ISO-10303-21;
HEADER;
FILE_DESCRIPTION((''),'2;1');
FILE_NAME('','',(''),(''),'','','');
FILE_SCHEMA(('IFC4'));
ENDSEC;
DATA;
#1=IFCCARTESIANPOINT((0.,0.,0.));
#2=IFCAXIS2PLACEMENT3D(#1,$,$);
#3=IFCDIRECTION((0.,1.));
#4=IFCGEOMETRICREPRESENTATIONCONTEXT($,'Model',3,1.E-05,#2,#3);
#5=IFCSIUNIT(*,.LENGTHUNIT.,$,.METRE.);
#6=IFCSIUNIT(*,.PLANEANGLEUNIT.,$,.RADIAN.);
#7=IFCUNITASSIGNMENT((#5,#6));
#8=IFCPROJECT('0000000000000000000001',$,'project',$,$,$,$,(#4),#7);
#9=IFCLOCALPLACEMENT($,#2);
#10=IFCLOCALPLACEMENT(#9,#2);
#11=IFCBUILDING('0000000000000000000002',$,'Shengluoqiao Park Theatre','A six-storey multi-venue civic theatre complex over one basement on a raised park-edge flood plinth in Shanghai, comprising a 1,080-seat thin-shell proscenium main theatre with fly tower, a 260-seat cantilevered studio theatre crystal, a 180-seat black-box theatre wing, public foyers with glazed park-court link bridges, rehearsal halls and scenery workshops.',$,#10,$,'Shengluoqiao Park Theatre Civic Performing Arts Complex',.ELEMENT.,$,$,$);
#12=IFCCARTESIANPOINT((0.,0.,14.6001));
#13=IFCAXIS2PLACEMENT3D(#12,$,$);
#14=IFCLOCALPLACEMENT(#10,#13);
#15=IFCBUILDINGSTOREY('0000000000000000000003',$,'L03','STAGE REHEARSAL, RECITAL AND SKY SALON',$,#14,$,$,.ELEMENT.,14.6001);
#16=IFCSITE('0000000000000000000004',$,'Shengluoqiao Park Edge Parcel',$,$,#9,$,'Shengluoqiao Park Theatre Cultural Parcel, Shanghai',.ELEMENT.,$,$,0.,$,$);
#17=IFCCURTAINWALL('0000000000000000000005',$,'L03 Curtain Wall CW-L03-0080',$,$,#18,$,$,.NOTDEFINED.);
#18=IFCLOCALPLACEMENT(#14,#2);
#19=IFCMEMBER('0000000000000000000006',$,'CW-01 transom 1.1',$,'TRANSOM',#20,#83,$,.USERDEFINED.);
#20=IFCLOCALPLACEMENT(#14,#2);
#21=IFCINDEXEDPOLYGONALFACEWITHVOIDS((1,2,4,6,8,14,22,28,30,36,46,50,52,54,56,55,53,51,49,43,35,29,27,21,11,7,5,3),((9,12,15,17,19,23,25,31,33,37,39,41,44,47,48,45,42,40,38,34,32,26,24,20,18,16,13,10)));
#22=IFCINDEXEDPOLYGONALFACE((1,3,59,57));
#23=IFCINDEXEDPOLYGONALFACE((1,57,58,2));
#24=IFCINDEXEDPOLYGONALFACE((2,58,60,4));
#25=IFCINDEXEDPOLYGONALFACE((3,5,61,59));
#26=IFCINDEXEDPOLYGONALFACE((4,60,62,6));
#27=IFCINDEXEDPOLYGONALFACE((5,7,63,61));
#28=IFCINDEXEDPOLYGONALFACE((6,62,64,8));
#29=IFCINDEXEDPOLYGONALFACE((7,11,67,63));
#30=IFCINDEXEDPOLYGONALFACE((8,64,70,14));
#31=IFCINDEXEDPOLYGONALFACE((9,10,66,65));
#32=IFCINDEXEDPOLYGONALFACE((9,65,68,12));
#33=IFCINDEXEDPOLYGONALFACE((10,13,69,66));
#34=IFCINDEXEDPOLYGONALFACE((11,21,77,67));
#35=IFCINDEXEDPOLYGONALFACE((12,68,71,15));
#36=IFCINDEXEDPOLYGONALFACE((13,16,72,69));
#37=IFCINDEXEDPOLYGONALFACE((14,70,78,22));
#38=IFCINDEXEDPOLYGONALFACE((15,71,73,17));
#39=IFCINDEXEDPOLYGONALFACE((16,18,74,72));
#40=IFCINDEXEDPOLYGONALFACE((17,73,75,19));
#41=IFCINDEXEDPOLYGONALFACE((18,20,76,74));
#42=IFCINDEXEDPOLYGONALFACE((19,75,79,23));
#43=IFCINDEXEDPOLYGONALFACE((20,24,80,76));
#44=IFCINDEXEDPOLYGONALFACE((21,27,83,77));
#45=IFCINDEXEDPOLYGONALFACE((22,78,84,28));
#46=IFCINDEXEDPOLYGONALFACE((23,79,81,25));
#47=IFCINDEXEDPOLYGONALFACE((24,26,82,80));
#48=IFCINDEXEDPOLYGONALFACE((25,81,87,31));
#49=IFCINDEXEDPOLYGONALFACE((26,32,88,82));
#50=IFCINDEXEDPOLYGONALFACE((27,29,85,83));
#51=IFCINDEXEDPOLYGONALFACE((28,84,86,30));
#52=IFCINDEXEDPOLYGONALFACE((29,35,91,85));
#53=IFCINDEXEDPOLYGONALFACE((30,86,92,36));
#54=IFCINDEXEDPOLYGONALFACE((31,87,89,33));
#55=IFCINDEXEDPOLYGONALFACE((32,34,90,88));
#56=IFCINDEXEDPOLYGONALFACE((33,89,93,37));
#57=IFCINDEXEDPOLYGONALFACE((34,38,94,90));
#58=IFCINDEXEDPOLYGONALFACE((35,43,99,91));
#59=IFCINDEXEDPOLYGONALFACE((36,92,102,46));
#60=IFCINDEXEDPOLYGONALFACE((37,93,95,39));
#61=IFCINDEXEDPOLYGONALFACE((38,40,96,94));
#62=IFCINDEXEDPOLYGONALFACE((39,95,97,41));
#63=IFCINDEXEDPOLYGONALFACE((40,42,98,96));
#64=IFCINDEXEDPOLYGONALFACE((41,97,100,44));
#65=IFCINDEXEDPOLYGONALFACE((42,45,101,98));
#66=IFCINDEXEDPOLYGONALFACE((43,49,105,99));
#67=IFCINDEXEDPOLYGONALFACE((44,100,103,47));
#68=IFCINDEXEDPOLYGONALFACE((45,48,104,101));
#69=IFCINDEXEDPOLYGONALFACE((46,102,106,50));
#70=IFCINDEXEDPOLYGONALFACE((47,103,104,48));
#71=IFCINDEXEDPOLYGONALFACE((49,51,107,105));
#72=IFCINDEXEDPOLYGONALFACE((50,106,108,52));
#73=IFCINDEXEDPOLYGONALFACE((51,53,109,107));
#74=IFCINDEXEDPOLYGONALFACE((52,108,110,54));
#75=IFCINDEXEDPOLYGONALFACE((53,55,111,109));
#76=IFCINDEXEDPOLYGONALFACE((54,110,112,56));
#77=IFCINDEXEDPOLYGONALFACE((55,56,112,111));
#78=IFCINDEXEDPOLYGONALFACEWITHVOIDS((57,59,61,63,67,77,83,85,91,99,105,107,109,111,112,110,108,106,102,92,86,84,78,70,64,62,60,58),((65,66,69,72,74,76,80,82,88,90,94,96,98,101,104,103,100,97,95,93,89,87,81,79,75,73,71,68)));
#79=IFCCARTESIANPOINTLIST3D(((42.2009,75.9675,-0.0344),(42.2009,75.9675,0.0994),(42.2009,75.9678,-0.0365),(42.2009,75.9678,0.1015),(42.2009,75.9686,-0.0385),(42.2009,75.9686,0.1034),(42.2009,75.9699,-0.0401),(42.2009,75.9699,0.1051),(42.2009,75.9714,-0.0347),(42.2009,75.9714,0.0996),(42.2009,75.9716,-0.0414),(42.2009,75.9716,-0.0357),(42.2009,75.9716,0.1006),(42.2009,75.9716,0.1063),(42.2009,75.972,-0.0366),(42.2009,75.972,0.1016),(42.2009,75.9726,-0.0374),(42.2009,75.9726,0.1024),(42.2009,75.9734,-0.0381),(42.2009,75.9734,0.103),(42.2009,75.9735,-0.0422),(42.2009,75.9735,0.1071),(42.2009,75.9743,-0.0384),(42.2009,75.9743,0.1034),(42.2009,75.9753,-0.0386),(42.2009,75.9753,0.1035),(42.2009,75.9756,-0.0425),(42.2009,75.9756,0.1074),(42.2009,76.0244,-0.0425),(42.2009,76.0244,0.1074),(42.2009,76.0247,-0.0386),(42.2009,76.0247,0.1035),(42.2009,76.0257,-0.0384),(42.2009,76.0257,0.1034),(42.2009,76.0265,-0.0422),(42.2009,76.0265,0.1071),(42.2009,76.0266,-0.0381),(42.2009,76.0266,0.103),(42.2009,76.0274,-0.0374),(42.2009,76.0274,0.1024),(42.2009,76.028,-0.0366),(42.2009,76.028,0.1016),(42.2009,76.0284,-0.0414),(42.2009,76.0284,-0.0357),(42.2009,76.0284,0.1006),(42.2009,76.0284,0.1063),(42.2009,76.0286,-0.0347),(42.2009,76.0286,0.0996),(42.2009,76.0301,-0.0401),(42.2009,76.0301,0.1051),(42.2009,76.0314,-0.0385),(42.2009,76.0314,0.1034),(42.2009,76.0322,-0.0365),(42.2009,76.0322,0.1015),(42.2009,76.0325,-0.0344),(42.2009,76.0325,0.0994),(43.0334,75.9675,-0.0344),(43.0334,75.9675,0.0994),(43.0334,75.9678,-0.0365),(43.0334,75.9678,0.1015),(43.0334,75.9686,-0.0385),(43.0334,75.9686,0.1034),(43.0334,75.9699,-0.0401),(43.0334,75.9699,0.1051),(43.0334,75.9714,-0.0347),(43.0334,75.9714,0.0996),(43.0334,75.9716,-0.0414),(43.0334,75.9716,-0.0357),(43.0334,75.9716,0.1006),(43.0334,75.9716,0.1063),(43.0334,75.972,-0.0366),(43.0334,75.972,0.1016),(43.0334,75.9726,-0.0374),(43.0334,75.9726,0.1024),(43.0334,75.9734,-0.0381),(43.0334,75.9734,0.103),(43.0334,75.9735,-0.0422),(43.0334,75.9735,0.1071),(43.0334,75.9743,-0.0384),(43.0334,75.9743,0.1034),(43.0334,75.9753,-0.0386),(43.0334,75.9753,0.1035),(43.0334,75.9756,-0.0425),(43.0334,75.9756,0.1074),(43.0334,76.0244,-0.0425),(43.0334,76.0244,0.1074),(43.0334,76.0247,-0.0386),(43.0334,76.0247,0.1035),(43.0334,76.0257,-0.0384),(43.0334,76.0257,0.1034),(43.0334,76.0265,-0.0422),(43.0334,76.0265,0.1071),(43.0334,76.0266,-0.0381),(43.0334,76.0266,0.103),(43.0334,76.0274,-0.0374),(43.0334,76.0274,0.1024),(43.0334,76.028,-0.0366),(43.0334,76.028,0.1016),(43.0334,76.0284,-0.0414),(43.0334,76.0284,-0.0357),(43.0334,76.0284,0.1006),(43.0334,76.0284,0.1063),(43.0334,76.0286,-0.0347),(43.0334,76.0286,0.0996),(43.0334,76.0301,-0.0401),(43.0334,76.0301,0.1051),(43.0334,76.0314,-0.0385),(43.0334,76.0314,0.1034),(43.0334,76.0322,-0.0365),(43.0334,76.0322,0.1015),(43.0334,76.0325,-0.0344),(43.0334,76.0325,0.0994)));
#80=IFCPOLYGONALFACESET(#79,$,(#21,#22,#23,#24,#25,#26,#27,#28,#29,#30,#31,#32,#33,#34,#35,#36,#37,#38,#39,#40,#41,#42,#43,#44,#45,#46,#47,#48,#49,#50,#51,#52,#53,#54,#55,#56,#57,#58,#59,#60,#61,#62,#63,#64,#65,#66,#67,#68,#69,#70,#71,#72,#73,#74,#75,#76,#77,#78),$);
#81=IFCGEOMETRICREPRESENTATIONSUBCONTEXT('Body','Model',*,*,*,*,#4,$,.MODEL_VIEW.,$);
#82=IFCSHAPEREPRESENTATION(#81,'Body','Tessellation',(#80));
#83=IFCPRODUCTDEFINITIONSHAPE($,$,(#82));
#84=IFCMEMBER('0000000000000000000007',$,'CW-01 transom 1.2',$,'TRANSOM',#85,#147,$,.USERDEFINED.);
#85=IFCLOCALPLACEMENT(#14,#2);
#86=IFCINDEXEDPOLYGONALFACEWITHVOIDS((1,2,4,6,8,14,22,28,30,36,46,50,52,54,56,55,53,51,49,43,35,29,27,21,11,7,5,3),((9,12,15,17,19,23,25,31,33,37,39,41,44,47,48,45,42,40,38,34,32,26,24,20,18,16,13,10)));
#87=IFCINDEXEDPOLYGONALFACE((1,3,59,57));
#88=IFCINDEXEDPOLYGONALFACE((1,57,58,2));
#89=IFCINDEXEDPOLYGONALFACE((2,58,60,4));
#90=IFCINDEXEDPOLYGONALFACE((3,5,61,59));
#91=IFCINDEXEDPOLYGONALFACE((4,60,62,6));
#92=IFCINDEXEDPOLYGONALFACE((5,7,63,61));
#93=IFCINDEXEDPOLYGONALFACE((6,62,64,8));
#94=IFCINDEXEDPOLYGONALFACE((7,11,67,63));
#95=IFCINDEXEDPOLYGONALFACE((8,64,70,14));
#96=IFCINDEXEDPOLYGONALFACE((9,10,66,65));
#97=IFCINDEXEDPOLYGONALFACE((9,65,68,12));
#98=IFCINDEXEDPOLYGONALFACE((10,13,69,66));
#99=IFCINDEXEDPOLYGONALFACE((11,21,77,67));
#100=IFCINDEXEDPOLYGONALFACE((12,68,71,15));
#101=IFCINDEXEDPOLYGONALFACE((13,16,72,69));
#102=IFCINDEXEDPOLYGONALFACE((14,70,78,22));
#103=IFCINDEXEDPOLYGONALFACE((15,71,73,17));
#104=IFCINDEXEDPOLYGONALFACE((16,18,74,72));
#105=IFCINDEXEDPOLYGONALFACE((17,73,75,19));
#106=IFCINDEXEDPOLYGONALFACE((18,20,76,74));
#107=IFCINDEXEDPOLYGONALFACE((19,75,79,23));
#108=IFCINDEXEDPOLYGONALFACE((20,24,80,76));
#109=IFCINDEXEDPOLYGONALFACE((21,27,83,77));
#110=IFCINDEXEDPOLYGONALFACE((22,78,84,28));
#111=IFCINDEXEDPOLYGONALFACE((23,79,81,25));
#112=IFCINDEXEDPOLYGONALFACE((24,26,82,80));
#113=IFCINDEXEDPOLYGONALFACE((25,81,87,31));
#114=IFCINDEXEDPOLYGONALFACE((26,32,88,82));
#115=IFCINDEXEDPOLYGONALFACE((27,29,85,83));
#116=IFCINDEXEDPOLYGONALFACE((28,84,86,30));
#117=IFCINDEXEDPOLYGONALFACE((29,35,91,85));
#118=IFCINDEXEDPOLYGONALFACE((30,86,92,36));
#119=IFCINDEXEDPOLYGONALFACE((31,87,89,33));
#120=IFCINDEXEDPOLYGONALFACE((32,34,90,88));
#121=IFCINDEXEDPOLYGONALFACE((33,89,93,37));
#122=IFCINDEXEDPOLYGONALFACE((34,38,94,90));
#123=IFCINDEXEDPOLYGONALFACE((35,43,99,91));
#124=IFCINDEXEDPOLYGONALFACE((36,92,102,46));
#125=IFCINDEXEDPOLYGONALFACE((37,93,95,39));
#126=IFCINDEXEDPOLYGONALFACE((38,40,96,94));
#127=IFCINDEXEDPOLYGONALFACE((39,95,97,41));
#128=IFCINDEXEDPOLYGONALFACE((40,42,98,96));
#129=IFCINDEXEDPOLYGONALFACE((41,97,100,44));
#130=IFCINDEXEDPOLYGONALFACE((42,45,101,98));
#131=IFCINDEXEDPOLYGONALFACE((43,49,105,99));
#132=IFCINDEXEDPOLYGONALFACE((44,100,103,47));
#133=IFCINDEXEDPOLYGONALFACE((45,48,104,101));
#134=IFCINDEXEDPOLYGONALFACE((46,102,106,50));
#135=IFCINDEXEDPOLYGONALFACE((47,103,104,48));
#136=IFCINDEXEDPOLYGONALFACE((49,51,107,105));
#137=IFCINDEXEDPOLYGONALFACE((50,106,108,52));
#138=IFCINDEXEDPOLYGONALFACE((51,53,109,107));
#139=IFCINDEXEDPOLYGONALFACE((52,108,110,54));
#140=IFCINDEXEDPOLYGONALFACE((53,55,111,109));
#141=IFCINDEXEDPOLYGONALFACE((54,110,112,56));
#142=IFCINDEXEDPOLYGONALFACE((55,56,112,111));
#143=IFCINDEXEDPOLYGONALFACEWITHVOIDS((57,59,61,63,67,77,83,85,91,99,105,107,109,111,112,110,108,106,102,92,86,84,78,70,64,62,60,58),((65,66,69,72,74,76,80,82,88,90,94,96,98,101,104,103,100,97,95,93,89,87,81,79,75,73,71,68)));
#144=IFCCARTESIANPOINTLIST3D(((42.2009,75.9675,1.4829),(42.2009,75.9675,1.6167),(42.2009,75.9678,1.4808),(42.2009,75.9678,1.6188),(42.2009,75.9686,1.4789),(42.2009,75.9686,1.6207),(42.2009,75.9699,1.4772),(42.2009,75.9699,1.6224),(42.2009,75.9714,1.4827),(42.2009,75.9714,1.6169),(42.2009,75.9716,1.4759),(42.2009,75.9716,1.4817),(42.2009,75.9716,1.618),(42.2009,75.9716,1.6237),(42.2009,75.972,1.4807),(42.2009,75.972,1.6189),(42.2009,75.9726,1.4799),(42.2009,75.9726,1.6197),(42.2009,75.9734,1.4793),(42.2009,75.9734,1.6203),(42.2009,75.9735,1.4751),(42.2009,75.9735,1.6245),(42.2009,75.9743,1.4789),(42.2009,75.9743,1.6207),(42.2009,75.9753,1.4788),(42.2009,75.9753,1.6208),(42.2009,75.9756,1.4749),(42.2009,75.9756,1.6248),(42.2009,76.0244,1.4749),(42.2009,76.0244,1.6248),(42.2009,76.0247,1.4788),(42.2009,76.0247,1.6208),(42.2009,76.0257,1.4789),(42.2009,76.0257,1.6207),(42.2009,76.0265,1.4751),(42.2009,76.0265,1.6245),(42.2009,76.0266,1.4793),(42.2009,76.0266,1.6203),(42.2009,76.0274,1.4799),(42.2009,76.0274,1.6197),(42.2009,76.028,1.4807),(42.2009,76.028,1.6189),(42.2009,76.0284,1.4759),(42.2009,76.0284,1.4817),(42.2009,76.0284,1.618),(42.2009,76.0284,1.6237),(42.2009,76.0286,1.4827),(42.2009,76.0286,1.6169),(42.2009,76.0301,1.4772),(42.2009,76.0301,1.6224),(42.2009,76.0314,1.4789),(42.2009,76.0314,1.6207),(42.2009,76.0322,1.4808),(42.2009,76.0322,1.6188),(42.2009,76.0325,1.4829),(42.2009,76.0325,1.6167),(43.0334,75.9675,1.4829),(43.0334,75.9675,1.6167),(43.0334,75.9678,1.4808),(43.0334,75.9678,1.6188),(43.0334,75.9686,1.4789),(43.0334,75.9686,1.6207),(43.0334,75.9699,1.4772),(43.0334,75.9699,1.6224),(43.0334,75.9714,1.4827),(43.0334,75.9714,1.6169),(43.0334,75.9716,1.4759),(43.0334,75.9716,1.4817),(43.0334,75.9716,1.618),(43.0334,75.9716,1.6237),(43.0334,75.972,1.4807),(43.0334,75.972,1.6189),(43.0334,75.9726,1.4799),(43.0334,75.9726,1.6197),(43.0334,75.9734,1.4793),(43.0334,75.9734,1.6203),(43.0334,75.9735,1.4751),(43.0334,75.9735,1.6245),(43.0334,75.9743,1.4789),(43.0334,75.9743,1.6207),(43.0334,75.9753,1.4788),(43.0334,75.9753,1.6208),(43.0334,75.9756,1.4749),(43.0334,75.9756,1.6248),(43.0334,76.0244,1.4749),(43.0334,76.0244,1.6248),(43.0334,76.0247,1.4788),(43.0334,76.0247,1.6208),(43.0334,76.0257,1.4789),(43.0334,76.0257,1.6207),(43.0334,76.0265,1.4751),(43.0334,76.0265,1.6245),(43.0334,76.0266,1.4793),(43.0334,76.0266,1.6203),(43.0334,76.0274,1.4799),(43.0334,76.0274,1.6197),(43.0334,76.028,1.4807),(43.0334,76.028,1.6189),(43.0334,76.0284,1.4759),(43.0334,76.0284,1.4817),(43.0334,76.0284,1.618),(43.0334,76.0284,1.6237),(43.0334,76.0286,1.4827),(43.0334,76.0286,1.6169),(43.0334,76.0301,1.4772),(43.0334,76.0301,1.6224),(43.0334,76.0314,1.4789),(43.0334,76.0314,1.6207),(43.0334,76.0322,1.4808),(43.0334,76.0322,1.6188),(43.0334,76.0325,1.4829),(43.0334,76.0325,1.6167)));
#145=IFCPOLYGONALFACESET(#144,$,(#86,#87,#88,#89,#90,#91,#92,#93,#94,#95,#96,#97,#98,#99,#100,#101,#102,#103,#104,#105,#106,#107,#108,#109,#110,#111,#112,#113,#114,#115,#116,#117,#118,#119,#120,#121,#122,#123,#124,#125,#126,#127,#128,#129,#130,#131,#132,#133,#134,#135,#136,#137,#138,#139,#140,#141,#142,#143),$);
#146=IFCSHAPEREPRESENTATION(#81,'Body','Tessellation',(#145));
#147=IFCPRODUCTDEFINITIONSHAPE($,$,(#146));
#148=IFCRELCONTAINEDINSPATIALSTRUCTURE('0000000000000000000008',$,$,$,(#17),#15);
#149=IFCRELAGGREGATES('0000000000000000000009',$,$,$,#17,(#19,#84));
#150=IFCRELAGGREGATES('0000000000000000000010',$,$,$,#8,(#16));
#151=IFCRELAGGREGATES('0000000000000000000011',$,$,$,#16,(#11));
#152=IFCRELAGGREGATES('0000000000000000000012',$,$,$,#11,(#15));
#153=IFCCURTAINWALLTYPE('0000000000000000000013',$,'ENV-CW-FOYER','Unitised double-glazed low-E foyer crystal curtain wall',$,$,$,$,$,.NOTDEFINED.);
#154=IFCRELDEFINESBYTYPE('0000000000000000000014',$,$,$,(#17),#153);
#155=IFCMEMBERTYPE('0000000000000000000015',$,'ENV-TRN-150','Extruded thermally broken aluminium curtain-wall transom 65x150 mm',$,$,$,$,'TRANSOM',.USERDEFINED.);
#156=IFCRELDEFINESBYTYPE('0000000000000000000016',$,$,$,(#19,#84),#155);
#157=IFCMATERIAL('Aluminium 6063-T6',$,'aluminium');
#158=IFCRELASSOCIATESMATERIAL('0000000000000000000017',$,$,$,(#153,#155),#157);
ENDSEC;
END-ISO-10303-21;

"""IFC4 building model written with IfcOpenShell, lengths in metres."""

from ifc_helpers import new_model, si_unit, direction, frame, origin, origin_2d, place, context, subcontext, project, spatial, hollow_rectangle, extrude, material, material_profile, profile_set, type_object, element, aggregate, save


model = new_model("IFC4")

# Units and contexts
model_context = context("Model", 3, precision=1e-05, world=origin(), true_north=direction((0.0, 1.0)))
body_context = subcontext(model_context, "Body", "Model", "MODEL_VIEW")
ifc_project = project(units=[si_unit("LENGTHUNIT", "METRE"), si_unit("PLANEANGLEUNIT", "RADIAN")], contexts=[model_context])

# Site, building, storey
site_placement = place(None, origin())
site = spatial("IfcSite", under=ifc_project, at=site_placement, Name="Shengluoqiao Park Edge Parcel", LongName="Shengluoqiao Park Theatre Cultural Parcel, Shanghai", CompositionType="ELEMENT", RefElevation=0.0)
building_placement = place(site_placement, origin())
building = spatial("IfcBuilding", under=site, at=building_placement, Name="Shengluoqiao Park Theatre", Description="A six-storey multi-venue civic theatre complex over one basement on a raised park-edge flood plinth in Shanghai, comprising a 1,080-seat thin-shell proscenium main theatre with fly tower, a 260-seat cantilevered studio theatre crystal, a 180-seat black-box theatre wing, public foyers with glazed park-court link bridges, rehearsal halls and scenery workshops.", LongName="Shengluoqiao Park Theatre Civic Performing Arts Complex", CompositionType="ELEMENT")
storey_placement = place(building_placement, frame((0.0, 0.0, 14.6001)))
storey = spatial("IfcBuildingStorey", under=building, at=storey_placement, Name="L03", Description="STAGE REHEARSAL, RECITAL AND SKY SALON", CompositionType="ELEMENT", Elevation=14.6001)

# Shared definitions
ifc_material_1 = material(Name="Aluminium 6063-T6", Category="aluminium")
curtain_wall_type = type_object("IfcCurtainWallType", Name="ENV-CW-FOYER", Description="Unitised double-glazed low-E foyer crystal curtain wall", PredefinedType="NOTDEFINED", material=ifc_material_1)

# Curtain wall
curtain_wall_1_placement = place(storey_placement, origin())
curtain_wall_1 = element("IfcCurtainWall", 1, at=curtain_wall_1_placement, inside=storey, type_object=curtain_wall_type, Name="L03 Curtain Wall CW-L03-0080", PredefinedType="NOTDEFINED")

# Members
ifc_material_profile_1 = material_profile(ifc_material_1, hollow_rectangle(XDim=0.0649, YDim=0.1499, WallThickness=0.0039, InnerFilletRadius=0.0039, OuterFilletRadius=0.0081, at=origin_2d()), Name="ALU TRANSOM 150x65x4")
ifc_profile_set_1 = profile_set([ifc_material_profile_1], Name="Aluminium 6063-T6")
member_type_1 = type_object("IfcMemberType", Name="ENV-TRN-150", Description="Extruded thermally broken aluminium curtain-wall transom 65x150 mm", ElementType="TRANSOM", PredefinedType="USERDEFINED", material=ifc_profile_set_1)
member_1_placement = place(storey_placement, frame((42.2009, 76.0, 0.0325), z_axis=(1.0, 0.0, 0.0), x_axis=(0.0, 1.0, 0.0)))
member_1 = element("IfcMember", 2, at=member_1_placement, type_object=member_type_1, Name="CW-01 transom 1.1", ObjectType="TRANSOM", PredefinedType="USERDEFINED", context=body_context, shape_type="SweptSolid", body=[
    extrude(hollow_rectangle(XDim=0.0649, YDim=0.1499, WallThickness=0.0039, InnerFilletRadius=0.0039, OuterFilletRadius=0.0081, at=origin_2d()), origin(), (0.0, 0.0, 1.0), 0.8325),
])
member_2_placement = place(storey_placement, frame((42.2009, 76.0, 1.5498), z_axis=(1.0, 0.0, 0.0), x_axis=(0.0, 1.0, 0.0)))
member_2 = element("IfcMember", 3, at=member_2_placement, type_object=member_type_1, Name="CW-01 transom 1.2", ObjectType="TRANSOM", PredefinedType="USERDEFINED", context=body_context, shape_type="SweptSolid", body=[
    extrude(hollow_rectangle(XDim=0.0649, YDim=0.1499, WallThickness=0.0039, InnerFilletRadius=0.0039, OuterFilletRadius=0.0081, at=origin_2d()), origin(), (0.0, 0.0, 1.0), 0.8325),
])

aggregate(curtain_wall_1, [member_1, member_2])

save(model, "model.ifc")
